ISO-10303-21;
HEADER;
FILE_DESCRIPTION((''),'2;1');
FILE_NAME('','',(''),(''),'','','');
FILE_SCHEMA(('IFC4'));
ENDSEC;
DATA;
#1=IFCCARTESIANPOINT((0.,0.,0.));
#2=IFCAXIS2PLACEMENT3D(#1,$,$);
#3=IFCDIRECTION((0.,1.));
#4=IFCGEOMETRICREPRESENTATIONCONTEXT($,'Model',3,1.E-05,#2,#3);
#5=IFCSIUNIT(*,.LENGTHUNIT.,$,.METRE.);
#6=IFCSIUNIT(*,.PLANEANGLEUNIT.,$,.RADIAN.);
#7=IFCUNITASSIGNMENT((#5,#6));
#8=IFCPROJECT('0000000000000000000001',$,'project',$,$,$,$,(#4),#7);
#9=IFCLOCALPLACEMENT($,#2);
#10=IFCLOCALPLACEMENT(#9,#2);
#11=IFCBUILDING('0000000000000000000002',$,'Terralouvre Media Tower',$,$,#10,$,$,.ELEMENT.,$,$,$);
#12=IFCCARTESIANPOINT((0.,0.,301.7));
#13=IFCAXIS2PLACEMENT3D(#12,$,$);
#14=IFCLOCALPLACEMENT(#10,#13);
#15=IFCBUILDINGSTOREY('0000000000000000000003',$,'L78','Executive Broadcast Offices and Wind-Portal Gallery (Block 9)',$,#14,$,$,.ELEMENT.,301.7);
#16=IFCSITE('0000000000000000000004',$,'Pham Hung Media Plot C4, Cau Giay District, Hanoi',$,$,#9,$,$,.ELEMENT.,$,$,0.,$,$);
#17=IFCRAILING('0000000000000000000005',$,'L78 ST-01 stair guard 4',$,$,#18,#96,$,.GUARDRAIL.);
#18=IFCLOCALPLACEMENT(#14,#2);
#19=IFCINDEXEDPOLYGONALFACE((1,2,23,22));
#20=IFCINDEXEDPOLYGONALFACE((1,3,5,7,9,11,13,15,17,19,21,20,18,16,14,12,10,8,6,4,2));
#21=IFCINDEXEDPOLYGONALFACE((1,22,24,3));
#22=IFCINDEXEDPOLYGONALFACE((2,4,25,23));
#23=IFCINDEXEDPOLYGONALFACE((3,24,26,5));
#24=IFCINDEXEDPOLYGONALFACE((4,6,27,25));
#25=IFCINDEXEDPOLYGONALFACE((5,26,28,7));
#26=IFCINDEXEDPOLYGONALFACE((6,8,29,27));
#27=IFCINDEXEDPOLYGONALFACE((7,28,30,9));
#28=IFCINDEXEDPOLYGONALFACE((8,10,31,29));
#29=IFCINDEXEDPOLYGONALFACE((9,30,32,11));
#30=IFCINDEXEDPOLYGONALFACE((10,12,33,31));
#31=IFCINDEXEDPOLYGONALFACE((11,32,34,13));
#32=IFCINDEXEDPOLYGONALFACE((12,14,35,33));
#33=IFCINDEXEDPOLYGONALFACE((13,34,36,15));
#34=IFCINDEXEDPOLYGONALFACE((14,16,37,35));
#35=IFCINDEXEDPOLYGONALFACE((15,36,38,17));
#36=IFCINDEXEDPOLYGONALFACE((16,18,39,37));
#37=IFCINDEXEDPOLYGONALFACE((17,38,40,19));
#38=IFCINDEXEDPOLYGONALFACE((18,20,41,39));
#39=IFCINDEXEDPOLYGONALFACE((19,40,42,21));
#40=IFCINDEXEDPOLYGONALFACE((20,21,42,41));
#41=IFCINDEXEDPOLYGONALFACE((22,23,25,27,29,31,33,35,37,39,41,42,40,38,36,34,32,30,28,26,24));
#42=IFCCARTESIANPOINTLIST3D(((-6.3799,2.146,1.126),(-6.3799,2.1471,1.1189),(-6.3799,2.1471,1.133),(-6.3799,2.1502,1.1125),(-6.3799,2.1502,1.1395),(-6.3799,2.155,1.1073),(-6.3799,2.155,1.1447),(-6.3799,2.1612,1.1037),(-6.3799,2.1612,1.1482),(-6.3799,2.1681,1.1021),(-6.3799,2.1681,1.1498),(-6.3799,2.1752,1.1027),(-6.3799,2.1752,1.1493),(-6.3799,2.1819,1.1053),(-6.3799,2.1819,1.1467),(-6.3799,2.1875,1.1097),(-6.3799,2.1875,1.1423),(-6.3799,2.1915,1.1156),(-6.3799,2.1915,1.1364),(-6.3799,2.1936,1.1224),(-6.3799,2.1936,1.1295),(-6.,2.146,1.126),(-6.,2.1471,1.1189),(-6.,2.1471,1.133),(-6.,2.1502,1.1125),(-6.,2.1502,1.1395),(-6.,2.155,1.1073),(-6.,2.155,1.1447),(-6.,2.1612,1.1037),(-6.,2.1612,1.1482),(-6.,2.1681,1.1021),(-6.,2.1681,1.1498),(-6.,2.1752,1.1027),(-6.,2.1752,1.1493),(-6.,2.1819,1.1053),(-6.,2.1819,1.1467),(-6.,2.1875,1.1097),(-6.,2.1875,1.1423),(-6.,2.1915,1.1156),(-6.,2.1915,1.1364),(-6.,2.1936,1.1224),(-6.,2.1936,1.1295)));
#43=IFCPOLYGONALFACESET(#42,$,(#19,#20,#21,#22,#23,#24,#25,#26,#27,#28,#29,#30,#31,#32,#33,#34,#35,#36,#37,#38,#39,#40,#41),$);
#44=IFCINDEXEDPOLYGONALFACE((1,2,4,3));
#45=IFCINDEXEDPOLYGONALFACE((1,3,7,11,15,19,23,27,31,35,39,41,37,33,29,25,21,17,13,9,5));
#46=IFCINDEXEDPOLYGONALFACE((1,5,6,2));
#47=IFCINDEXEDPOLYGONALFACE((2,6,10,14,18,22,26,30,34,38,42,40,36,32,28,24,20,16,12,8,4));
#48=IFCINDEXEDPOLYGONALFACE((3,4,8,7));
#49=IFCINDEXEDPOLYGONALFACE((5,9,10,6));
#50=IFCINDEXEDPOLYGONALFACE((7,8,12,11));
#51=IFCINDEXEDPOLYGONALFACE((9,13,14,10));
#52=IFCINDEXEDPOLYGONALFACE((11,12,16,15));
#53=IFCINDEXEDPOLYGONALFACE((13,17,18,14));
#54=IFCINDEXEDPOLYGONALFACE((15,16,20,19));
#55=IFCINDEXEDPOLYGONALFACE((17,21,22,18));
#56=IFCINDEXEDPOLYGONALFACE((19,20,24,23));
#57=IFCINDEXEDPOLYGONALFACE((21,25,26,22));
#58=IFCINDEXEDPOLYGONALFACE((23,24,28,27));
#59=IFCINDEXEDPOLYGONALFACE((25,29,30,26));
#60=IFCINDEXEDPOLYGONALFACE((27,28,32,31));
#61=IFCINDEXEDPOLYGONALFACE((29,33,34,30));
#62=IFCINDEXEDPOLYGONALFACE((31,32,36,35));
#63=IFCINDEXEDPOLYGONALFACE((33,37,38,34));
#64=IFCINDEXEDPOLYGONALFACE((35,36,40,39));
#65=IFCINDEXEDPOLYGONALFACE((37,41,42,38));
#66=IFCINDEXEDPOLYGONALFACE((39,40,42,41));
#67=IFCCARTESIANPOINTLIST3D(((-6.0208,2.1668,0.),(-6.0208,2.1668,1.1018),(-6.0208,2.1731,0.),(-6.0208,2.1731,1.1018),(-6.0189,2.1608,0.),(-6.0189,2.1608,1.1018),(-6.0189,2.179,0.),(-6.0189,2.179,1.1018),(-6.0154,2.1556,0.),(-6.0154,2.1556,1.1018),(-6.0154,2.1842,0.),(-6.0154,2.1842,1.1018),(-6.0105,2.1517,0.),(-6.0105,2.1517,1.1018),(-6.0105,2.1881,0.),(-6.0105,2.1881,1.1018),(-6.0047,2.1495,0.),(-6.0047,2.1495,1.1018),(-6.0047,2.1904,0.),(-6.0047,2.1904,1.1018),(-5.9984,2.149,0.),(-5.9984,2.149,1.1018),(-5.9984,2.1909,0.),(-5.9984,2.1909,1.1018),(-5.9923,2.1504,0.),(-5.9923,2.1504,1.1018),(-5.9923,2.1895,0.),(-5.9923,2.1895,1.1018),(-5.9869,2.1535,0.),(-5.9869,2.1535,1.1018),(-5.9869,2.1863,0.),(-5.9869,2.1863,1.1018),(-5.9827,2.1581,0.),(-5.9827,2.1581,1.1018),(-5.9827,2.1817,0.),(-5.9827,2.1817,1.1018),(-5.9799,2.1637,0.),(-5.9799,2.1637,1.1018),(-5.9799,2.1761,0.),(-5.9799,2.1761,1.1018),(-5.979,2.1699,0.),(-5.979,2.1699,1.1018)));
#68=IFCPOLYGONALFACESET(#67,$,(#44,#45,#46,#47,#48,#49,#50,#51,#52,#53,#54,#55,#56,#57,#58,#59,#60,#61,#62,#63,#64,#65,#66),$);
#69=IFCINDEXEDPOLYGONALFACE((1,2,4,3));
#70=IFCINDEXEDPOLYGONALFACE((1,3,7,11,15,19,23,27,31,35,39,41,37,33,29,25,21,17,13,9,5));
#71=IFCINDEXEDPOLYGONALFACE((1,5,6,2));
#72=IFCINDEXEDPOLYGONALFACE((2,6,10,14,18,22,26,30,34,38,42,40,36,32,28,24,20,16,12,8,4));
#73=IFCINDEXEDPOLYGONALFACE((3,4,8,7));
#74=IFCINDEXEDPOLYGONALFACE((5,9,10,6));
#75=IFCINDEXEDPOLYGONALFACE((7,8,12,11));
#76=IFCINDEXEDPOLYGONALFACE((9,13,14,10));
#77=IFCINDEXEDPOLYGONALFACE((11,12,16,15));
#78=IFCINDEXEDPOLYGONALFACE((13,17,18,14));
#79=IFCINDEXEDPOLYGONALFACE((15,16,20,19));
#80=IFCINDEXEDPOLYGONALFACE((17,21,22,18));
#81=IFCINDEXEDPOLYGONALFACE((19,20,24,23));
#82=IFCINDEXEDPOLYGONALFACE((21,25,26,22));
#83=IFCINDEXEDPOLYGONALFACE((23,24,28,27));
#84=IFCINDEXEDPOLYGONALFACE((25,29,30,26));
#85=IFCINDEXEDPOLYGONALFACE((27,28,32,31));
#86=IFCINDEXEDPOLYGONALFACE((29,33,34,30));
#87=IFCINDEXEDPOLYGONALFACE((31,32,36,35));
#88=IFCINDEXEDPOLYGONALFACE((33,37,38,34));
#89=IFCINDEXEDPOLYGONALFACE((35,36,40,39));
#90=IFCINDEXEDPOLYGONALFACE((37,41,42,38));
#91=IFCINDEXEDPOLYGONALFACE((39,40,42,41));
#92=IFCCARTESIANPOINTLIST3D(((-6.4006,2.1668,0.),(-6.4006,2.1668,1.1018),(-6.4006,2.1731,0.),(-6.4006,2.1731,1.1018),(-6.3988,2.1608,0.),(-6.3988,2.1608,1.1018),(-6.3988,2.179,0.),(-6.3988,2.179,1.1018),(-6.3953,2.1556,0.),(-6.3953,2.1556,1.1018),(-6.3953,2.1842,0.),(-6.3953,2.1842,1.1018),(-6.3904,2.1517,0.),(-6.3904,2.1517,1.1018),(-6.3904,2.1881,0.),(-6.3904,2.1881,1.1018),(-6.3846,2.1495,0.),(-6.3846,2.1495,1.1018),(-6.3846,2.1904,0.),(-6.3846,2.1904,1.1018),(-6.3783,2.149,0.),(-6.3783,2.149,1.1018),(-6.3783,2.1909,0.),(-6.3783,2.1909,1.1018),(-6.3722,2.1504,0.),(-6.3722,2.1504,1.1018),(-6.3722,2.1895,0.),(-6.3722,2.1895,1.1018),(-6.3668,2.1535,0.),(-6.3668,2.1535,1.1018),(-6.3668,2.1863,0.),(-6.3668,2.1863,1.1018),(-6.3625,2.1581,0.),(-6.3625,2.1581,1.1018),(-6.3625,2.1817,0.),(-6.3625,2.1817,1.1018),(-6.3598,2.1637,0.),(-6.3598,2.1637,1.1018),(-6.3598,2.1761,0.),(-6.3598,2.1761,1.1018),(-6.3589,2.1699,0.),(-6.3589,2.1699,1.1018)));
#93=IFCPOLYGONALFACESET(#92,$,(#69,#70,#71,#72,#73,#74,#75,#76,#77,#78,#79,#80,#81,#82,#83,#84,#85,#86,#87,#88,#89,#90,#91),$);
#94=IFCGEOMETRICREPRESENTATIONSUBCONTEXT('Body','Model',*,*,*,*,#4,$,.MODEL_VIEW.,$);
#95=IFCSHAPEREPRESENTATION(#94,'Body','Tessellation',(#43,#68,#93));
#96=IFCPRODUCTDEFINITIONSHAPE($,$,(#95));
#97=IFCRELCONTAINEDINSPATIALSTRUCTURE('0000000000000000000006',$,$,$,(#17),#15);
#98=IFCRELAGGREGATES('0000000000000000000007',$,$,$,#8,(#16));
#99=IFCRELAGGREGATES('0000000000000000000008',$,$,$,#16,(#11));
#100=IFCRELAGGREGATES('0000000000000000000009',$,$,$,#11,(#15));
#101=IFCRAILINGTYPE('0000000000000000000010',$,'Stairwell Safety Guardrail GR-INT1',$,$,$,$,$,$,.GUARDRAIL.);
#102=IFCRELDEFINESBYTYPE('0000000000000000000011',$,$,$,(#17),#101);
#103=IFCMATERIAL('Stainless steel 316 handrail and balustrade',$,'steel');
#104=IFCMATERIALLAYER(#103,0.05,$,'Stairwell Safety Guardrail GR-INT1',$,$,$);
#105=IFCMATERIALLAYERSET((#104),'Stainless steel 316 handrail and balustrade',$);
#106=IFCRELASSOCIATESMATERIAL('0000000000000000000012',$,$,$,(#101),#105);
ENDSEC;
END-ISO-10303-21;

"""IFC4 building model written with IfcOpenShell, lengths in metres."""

from ifc_helpers import new_model, si_unit, direction, frame, origin, origin_2d, place, context, subcontext, project, spatial, circle, extrude, material, layer, layer_set, type_object, element, save


model = new_model("IFC4")

# Units and contexts
model_context = context("Model", 3, precision=1e-05, world=origin(), true_north=direction((0.0, 1.0)))
body_context = subcontext(model_context, "Body", "Model", "MODEL_VIEW")
ifc_project = project(units=[si_unit("LENGTHUNIT", "METRE"), si_unit("PLANEANGLEUNIT", "RADIAN")], contexts=[model_context])

# Site, building, storey
site_placement = place(None, origin())
site = spatial("IfcSite", under=ifc_project, at=site_placement, Name="Pham Hung Media Plot C4, Cau Giay District, Hanoi", CompositionType="ELEMENT", RefElevation=0.0)
building_placement = place(site_placement, origin())
building = spatial("IfcBuilding", under=site, at=building_placement, Name="Terralouvre Media Tower", CompositionType="ELEMENT")
storey_placement = place(building_placement, frame((0.0, 0.0, 301.7)))
storey = spatial("IfcBuildingStorey", under=building, at=storey_placement, Name="L78", Description="Executive Broadcast Offices and Wind-Portal Gallery (Block 9)", CompositionType="ELEMENT", Elevation=301.7)

# Railing
ifc_material_1 = material(Name="Stainless steel 316 handrail and balustrade", Category="steel")
ifc_layer_1 = layer(ifc_material_1, 0.05, Name="Stairwell Safety Guardrail GR-INT1")
ifc_layer_set_1 = layer_set([ifc_layer_1], Name="Stainless steel 316 handrail and balustrade")
railing_type_1 = type_object("IfcRailingType", Name="Stairwell Safety Guardrail GR-INT1", PredefinedType="GUARDRAIL", material=ifc_layer_set_1)
railing_1_placement = place(storey_placement, frame((-6.0, 2.1699, 0.0)))
element("IfcRailing", 1, at=railing_1_placement, inside=storey, type_object=railing_type_1, Name="L78 ST-01 stair guard 4", PredefinedType="GUARDRAIL", context=body_context, shape_type="SweptSolid", body=[
    extrude(circle(Radius=0.0239, at=origin_2d()), frame((0.0, 0.0, 1.126), z_axis=(-1.0, 0.0, 0.0), x_axis=(0.0, -1.0, 0.0)), (0.0, 0.0, 1.0), 0.3799),
    extrude(circle(Radius=0.021, at=origin_2d()), origin(), (0.0, 0.0, 1.0), 1.1018),
    extrude(circle(Radius=0.021, at=origin_2d()), frame((-0.3799, 0.0, 0.0)), (0.0, 0.0, 1.0), 1.1018),
])

save(model, "model.ifc")
